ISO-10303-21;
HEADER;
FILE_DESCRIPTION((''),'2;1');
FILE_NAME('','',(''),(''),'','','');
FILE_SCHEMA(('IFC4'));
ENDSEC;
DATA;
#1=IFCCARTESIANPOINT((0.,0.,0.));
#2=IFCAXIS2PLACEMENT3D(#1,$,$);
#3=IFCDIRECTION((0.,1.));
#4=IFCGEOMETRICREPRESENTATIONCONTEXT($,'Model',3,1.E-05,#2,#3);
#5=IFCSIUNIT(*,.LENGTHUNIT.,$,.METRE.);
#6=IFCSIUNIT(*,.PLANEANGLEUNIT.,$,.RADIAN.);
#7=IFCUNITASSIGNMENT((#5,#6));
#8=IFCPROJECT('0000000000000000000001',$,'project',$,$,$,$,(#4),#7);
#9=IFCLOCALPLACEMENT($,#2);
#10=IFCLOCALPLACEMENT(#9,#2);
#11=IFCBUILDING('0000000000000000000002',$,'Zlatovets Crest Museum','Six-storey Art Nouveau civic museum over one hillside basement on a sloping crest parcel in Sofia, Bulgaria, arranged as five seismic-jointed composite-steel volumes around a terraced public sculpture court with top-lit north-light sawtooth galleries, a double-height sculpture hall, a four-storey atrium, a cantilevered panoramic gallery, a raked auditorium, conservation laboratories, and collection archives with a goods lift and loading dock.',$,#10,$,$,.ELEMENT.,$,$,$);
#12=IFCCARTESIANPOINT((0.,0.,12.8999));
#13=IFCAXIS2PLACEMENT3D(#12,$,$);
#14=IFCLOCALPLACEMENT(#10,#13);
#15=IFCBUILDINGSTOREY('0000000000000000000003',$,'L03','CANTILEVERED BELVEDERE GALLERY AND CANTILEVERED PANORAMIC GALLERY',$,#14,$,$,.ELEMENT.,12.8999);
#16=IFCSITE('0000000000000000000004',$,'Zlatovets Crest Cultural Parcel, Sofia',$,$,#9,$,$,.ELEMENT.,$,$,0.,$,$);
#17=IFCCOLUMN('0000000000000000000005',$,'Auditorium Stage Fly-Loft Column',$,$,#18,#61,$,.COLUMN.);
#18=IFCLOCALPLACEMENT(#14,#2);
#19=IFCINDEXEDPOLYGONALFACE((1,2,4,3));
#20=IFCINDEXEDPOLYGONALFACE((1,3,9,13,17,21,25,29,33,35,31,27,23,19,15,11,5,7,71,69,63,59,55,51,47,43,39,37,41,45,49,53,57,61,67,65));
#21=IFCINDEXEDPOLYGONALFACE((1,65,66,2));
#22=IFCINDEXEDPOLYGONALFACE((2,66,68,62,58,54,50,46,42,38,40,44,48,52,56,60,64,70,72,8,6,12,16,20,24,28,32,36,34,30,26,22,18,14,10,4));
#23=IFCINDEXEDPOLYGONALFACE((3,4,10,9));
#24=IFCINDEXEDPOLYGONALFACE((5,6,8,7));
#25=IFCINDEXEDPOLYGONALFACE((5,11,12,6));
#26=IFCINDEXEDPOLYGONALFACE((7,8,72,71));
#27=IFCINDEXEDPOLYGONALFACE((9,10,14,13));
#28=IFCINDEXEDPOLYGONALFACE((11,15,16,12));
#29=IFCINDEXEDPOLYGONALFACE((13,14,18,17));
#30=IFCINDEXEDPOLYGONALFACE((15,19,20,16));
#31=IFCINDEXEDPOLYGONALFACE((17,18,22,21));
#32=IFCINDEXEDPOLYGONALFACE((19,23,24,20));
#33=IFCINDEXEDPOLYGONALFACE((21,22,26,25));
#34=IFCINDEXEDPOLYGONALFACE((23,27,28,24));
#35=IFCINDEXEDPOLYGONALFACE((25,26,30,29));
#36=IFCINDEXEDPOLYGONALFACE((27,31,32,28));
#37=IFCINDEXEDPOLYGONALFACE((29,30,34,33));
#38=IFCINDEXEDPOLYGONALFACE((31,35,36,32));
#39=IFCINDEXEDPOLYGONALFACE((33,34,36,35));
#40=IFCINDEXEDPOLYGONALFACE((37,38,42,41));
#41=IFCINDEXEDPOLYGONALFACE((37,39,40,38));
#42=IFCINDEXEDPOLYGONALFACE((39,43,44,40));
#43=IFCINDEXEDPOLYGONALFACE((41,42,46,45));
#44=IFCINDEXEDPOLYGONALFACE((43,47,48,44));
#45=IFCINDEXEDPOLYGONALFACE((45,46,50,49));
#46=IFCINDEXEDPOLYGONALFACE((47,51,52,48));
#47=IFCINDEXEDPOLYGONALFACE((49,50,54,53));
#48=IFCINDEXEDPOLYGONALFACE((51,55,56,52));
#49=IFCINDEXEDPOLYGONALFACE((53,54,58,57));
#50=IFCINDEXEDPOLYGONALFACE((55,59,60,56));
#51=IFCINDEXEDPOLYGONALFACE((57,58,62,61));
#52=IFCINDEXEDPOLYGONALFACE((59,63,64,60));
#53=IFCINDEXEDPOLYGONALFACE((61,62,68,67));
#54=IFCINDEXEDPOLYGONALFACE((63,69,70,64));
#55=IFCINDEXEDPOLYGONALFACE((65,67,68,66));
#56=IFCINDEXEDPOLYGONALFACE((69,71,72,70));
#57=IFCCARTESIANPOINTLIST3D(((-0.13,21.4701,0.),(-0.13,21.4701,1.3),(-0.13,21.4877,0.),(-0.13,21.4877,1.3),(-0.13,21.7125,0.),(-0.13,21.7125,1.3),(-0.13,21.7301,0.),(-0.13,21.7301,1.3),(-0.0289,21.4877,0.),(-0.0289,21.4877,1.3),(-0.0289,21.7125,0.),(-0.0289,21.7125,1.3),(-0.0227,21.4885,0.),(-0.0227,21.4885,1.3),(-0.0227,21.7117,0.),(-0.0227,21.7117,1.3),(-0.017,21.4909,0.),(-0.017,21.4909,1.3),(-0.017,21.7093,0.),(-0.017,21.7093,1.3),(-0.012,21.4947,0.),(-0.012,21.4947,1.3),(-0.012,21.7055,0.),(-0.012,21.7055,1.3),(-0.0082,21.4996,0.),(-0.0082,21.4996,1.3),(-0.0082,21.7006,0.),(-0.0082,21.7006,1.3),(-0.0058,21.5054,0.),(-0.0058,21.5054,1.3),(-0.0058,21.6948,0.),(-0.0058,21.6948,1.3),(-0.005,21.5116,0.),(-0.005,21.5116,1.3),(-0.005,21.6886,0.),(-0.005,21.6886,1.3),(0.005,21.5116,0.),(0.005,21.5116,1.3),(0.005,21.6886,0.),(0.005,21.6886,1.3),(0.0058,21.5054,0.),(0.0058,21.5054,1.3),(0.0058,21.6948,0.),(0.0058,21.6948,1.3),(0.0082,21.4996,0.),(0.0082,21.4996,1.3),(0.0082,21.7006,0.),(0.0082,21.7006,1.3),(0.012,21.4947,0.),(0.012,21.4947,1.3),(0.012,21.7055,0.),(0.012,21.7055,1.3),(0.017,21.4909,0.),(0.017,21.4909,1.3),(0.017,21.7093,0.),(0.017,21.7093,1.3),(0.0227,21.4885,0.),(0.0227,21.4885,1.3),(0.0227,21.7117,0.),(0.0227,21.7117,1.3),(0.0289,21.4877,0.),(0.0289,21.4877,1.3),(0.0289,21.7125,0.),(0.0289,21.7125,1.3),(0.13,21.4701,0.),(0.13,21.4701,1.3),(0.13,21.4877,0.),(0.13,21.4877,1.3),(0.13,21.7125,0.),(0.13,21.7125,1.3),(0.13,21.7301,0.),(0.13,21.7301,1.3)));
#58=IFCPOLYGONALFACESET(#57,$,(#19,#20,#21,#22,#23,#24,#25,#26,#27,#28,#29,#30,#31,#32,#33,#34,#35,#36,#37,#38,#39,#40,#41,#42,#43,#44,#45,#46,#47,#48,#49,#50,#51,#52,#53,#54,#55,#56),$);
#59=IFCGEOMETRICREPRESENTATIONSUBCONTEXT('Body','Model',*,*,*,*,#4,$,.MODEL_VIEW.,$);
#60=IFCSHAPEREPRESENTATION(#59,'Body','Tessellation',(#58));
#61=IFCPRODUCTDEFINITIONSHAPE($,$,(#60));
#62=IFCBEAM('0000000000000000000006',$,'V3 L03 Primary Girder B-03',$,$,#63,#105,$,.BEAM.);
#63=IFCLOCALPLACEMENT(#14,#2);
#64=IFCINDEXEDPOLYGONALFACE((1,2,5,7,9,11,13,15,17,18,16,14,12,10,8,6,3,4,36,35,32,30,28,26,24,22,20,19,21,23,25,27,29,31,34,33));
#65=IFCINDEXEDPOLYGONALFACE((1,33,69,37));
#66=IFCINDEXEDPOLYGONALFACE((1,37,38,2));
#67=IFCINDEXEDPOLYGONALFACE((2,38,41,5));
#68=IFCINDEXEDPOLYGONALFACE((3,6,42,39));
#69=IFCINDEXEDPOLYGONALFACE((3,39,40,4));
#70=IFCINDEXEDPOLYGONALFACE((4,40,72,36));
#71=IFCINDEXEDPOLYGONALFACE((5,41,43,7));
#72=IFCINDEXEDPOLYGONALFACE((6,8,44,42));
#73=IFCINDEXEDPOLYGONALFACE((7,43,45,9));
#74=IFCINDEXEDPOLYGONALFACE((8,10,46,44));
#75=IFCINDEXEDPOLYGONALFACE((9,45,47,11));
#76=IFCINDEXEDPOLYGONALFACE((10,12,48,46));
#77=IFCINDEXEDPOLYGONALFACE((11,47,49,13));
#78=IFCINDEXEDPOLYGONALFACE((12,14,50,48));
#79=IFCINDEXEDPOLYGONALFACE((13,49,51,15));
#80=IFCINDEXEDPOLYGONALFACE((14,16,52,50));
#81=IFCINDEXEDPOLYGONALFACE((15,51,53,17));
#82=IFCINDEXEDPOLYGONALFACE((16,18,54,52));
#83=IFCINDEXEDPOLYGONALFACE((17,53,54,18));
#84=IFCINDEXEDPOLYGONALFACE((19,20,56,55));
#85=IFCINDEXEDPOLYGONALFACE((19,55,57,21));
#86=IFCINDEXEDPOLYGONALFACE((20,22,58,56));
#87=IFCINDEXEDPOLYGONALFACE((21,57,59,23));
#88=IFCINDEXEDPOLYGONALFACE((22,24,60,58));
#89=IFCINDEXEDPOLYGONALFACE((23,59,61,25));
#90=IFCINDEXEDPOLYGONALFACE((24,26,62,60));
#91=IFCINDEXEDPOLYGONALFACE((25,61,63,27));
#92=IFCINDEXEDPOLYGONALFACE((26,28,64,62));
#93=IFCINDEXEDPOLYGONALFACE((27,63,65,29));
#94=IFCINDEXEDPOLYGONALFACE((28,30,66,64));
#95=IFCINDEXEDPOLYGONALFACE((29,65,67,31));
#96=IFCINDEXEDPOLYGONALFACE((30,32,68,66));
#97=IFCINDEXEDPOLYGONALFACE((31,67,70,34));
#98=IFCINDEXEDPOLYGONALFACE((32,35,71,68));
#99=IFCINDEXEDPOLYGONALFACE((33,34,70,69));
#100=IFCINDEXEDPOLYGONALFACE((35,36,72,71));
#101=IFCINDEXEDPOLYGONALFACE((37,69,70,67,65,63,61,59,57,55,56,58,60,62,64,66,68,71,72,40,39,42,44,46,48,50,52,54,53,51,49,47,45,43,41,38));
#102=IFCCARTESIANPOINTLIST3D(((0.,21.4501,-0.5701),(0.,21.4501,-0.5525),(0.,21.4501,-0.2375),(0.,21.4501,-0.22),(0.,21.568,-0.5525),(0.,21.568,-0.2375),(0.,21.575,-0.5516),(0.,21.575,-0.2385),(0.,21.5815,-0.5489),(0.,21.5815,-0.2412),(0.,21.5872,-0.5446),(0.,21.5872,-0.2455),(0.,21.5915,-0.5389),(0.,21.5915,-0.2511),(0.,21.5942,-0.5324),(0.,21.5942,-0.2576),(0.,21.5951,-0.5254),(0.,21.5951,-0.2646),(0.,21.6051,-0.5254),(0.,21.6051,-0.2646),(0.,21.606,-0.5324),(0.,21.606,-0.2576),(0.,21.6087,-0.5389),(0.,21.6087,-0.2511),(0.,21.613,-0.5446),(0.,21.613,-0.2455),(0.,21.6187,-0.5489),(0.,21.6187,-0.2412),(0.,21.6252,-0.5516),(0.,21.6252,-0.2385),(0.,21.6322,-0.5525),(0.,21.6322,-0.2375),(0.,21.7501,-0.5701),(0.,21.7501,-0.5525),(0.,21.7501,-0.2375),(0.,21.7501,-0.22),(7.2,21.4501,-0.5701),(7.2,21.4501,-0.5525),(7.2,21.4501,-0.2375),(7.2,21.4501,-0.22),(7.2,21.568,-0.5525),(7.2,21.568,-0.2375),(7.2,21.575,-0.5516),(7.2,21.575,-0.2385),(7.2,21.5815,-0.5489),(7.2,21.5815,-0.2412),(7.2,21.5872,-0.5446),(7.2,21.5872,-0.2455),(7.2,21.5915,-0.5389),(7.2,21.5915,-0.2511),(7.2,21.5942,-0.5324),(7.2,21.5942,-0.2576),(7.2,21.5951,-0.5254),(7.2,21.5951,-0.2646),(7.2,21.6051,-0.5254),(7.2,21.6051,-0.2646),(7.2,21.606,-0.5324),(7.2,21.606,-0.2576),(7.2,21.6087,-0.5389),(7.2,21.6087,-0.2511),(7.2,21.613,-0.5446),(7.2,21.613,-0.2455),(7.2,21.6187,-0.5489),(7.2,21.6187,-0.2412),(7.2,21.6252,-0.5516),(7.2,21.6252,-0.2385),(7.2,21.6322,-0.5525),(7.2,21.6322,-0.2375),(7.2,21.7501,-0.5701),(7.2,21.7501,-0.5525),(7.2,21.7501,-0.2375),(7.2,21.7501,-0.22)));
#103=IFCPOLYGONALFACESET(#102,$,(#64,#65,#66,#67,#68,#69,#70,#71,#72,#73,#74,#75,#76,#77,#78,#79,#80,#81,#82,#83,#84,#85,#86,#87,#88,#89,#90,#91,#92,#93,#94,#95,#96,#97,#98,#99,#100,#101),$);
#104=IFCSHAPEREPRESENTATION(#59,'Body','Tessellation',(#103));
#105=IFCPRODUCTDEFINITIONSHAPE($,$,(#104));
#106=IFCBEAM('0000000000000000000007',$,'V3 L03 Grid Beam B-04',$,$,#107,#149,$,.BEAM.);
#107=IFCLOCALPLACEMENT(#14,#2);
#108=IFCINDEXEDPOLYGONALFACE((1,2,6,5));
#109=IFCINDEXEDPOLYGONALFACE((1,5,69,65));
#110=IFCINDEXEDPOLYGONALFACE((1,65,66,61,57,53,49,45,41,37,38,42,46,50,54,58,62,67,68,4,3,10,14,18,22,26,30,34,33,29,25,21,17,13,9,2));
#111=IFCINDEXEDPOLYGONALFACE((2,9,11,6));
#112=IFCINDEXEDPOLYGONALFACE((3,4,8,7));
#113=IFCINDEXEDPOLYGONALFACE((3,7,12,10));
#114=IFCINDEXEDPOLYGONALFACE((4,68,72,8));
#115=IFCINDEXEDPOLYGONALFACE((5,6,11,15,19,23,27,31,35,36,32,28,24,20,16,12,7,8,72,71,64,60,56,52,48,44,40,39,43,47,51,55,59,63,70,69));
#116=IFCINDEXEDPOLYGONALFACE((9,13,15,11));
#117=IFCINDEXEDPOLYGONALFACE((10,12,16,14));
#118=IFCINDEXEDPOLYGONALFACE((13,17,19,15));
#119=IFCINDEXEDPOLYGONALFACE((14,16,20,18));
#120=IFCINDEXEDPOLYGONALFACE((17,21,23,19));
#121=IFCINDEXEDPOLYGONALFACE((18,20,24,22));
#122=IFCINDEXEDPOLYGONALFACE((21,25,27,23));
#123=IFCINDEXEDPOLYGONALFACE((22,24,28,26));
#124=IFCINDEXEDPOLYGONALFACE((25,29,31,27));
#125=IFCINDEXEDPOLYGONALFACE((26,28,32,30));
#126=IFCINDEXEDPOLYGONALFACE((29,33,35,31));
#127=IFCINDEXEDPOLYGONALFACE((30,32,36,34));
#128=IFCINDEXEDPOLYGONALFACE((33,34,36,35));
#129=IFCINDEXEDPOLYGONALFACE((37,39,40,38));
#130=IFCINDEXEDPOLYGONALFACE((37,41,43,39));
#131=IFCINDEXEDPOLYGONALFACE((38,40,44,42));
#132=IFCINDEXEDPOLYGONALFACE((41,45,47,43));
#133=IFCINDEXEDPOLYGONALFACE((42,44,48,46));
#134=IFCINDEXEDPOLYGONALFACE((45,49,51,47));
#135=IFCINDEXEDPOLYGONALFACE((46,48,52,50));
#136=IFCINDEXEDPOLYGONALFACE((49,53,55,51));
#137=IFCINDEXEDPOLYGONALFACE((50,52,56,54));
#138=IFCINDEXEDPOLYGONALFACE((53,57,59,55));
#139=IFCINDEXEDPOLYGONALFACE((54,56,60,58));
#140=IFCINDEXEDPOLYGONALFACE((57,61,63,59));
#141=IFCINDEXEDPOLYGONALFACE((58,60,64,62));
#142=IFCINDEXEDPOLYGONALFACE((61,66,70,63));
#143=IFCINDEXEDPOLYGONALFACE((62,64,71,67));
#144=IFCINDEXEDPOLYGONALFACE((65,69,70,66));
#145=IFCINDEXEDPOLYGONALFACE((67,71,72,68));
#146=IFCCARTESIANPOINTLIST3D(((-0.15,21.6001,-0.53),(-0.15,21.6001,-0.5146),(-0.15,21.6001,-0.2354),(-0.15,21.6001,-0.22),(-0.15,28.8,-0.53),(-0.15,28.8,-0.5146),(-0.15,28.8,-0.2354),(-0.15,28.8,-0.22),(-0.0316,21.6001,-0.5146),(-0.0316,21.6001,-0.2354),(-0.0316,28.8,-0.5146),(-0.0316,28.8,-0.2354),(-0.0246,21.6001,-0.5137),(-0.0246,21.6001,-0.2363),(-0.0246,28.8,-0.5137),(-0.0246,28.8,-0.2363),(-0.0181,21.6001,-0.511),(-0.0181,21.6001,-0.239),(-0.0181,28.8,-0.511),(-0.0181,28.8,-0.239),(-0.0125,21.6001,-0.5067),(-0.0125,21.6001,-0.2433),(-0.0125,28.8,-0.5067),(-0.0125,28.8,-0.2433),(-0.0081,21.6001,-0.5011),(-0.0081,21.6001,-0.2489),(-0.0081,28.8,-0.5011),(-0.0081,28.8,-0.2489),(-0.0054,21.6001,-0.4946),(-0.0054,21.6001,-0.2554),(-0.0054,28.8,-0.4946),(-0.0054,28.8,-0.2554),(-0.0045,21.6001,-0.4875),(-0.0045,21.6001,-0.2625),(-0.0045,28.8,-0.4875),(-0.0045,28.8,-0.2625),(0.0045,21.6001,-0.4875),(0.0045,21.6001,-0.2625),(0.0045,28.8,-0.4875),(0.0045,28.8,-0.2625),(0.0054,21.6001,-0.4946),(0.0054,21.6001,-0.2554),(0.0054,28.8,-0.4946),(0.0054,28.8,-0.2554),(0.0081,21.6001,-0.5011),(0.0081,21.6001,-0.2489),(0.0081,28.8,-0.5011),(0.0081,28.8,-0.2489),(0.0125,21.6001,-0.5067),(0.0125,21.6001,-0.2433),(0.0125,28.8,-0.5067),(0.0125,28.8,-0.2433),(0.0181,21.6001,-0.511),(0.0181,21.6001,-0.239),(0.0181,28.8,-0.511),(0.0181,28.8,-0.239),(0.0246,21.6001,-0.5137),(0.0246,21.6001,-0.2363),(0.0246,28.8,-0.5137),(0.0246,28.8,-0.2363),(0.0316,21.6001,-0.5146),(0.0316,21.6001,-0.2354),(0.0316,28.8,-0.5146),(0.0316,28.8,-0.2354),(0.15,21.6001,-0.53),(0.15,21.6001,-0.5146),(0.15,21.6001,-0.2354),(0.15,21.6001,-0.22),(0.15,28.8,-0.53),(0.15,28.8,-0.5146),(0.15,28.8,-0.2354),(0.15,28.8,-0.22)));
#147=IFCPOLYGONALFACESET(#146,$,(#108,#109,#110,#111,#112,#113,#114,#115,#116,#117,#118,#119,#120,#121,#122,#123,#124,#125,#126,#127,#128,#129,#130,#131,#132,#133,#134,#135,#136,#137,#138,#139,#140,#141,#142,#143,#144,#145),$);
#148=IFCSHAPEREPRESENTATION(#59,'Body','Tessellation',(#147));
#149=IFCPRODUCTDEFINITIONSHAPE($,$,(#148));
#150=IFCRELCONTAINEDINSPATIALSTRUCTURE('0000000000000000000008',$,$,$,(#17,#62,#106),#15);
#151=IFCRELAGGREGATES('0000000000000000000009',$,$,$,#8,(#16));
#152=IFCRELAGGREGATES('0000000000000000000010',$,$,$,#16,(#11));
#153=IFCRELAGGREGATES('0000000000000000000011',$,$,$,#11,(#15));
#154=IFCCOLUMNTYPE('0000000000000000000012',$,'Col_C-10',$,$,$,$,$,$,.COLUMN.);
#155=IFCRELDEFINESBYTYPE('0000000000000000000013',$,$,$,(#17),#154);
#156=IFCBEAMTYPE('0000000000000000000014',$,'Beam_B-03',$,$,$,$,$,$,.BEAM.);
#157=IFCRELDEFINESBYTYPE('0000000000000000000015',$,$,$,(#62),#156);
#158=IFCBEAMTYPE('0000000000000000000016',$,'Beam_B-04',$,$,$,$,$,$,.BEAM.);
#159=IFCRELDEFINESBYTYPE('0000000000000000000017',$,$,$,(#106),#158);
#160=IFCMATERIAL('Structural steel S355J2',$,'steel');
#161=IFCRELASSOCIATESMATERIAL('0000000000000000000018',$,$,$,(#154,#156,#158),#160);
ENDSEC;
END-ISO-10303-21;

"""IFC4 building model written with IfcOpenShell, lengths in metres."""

from ifc_helpers import new_model, si_unit, direction, frame, origin, origin_2d, place, context, subcontext, project, spatial, i_section, extrude, material, material_profile, profile_set, type_object, element, save


model = new_model("IFC4")

# Units and contexts
model_context = context("Model", 3, precision=1e-05, world=origin(), true_north=direction((0.0, 1.0)))
body_context = subcontext(model_context, "Body", "Model", "MODEL_VIEW")
ifc_project = project(units=[si_unit("LENGTHUNIT", "METRE"), si_unit("PLANEANGLEUNIT", "RADIAN")], contexts=[model_context])

# Site, building, storey
site_placement = place(None, origin())
site = spatial("IfcSite", under=ifc_project, at=site_placement, Name="Zlatovets Crest Cultural Parcel, Sofia", CompositionType="ELEMENT", RefElevation=0.0)
building_placement = place(site_placement, origin())
building = spatial("IfcBuilding", under=site, at=building_placement, Name="Zlatovets Crest Museum", Description="Six-storey Art Nouveau civic museum over one hillside basement on a sloping crest parcel in Sofia, Bulgaria, arranged as five seismic-jointed composite-steel volumes around a terraced public sculpture court with top-lit north-light sawtooth galleries, a double-height sculpture hall, a four-storey atrium, a cantilevered panoramic gallery, a raked auditorium, conservation laboratories, and collection archives with a goods lift and loading dock.", CompositionType="ELEMENT")
storey_placement = place(building_placement, frame((0.0, 0.0, 12.8999)))
storey = spatial("IfcBuildingStorey", under=building, at=storey_placement, Name="L03", Description="CANTILEVERED BELVEDERE GALLERY AND CANTILEVERED PANORAMIC GALLERY", CompositionType="ELEMENT", Elevation=12.8999)

# Column
ifc_material_1 = material(Name="Structural steel S355J2", Category="steel")
ifc_material_profile_1 = material_profile(ifc_material_1, i_section(OverallWidth=0.26, OverallDepth=0.26, WebThickness=0.01, FlangeThickness=0.0176, FilletRadius=0.0239, at=origin_2d()), Name="HEB 260")
ifc_profile_set_1 = profile_set([ifc_material_profile_1], Name="Structural steel S355J2")
column_type = type_object("IfcColumnType", Name="Col_C-10", PredefinedType="COLUMN", material=ifc_profile_set_1)
column_placement = place(storey_placement, frame((0.0, 21.6001, 0.0), z_axis=(0.0, 0.0, 1.0), x_axis=(1.0, 0.0, 0.0)))
element("IfcColumn", 1, at=column_placement, inside=storey, type_object=column_type, Name="Auditorium Stage Fly-Loft Column", PredefinedType="COLUMN", context=body_context, shape_type="SweptSolid", body=[
    extrude(i_section(OverallWidth=0.26, OverallDepth=0.26, WebThickness=0.01, FlangeThickness=0.0176, FilletRadius=0.0239, at=origin_2d()), origin(), (0.0, 0.0, 1.0), 1.3),
])

# Beams
ifc_material_profile_2 = material_profile(ifc_material_1, i_section(OverallWidth=0.3, OverallDepth=0.3501, WebThickness=0.01, FlangeThickness=0.0176, FilletRadius=0.0271, at=origin_2d()), Name="HEA 360")
ifc_profile_set_2 = profile_set([ifc_material_profile_2], Name="Structural steel S355J2")
beam_type_1 = type_object("IfcBeamType", Name="Beam_B-03", PredefinedType="BEAM", material=ifc_profile_set_2)
beam_1_placement = place(storey_placement, frame((0.0, 21.6001, -0.395), z_axis=(1.0, 0.0, 0.0), x_axis=(0.0, 1.0, 0.0)))
element("IfcBeam", 2, at=beam_1_placement, inside=storey, type_object=beam_type_1, Name="V3 L03 Primary Girder B-03", PredefinedType="BEAM", context=body_context, shape_type="SweptSolid", body=[
    extrude(i_section(OverallWidth=0.3, OverallDepth=0.3501, WebThickness=0.01, FlangeThickness=0.0176, FilletRadius=0.0271, at=origin_2d()), origin(), (0.0, 0.0, 1.0), 7.2),
])
ifc_material_profile_3 = material_profile(ifc_material_1, i_section(OverallWidth=0.3, OverallDepth=0.3101, WebThickness=0.009, FlangeThickness=0.0154, FilletRadius=0.0271, at=origin_2d()), Name="HEA 320")
ifc_profile_set_3 = profile_set([ifc_material_profile_3], Name="Structural steel S355J2")
beam_type_2 = type_object("IfcBeamType", Name="Beam_B-04", PredefinedType="BEAM", material=ifc_profile_set_3)
beam_2_placement = place(storey_placement, frame((0.0, 21.6001, -0.375), z_axis=(0.0, 1.0, 0.0), x_axis=(-1.0, 0.0, 0.0)))
element("IfcBeam", 3, at=beam_2_placement, inside=storey, type_object=beam_type_2, Name="V3 L03 Grid Beam B-04", PredefinedType="BEAM", context=body_context, shape_type="SweptSolid", body=[
    extrude(i_section(OverallWidth=0.3, OverallDepth=0.3101, WebThickness=0.009, FlangeThickness=0.0154, FilletRadius=0.0271, at=origin_2d()), origin(), (0.0, 0.0, 1.0), 7.2),
])

save(model, "model.ifc")
